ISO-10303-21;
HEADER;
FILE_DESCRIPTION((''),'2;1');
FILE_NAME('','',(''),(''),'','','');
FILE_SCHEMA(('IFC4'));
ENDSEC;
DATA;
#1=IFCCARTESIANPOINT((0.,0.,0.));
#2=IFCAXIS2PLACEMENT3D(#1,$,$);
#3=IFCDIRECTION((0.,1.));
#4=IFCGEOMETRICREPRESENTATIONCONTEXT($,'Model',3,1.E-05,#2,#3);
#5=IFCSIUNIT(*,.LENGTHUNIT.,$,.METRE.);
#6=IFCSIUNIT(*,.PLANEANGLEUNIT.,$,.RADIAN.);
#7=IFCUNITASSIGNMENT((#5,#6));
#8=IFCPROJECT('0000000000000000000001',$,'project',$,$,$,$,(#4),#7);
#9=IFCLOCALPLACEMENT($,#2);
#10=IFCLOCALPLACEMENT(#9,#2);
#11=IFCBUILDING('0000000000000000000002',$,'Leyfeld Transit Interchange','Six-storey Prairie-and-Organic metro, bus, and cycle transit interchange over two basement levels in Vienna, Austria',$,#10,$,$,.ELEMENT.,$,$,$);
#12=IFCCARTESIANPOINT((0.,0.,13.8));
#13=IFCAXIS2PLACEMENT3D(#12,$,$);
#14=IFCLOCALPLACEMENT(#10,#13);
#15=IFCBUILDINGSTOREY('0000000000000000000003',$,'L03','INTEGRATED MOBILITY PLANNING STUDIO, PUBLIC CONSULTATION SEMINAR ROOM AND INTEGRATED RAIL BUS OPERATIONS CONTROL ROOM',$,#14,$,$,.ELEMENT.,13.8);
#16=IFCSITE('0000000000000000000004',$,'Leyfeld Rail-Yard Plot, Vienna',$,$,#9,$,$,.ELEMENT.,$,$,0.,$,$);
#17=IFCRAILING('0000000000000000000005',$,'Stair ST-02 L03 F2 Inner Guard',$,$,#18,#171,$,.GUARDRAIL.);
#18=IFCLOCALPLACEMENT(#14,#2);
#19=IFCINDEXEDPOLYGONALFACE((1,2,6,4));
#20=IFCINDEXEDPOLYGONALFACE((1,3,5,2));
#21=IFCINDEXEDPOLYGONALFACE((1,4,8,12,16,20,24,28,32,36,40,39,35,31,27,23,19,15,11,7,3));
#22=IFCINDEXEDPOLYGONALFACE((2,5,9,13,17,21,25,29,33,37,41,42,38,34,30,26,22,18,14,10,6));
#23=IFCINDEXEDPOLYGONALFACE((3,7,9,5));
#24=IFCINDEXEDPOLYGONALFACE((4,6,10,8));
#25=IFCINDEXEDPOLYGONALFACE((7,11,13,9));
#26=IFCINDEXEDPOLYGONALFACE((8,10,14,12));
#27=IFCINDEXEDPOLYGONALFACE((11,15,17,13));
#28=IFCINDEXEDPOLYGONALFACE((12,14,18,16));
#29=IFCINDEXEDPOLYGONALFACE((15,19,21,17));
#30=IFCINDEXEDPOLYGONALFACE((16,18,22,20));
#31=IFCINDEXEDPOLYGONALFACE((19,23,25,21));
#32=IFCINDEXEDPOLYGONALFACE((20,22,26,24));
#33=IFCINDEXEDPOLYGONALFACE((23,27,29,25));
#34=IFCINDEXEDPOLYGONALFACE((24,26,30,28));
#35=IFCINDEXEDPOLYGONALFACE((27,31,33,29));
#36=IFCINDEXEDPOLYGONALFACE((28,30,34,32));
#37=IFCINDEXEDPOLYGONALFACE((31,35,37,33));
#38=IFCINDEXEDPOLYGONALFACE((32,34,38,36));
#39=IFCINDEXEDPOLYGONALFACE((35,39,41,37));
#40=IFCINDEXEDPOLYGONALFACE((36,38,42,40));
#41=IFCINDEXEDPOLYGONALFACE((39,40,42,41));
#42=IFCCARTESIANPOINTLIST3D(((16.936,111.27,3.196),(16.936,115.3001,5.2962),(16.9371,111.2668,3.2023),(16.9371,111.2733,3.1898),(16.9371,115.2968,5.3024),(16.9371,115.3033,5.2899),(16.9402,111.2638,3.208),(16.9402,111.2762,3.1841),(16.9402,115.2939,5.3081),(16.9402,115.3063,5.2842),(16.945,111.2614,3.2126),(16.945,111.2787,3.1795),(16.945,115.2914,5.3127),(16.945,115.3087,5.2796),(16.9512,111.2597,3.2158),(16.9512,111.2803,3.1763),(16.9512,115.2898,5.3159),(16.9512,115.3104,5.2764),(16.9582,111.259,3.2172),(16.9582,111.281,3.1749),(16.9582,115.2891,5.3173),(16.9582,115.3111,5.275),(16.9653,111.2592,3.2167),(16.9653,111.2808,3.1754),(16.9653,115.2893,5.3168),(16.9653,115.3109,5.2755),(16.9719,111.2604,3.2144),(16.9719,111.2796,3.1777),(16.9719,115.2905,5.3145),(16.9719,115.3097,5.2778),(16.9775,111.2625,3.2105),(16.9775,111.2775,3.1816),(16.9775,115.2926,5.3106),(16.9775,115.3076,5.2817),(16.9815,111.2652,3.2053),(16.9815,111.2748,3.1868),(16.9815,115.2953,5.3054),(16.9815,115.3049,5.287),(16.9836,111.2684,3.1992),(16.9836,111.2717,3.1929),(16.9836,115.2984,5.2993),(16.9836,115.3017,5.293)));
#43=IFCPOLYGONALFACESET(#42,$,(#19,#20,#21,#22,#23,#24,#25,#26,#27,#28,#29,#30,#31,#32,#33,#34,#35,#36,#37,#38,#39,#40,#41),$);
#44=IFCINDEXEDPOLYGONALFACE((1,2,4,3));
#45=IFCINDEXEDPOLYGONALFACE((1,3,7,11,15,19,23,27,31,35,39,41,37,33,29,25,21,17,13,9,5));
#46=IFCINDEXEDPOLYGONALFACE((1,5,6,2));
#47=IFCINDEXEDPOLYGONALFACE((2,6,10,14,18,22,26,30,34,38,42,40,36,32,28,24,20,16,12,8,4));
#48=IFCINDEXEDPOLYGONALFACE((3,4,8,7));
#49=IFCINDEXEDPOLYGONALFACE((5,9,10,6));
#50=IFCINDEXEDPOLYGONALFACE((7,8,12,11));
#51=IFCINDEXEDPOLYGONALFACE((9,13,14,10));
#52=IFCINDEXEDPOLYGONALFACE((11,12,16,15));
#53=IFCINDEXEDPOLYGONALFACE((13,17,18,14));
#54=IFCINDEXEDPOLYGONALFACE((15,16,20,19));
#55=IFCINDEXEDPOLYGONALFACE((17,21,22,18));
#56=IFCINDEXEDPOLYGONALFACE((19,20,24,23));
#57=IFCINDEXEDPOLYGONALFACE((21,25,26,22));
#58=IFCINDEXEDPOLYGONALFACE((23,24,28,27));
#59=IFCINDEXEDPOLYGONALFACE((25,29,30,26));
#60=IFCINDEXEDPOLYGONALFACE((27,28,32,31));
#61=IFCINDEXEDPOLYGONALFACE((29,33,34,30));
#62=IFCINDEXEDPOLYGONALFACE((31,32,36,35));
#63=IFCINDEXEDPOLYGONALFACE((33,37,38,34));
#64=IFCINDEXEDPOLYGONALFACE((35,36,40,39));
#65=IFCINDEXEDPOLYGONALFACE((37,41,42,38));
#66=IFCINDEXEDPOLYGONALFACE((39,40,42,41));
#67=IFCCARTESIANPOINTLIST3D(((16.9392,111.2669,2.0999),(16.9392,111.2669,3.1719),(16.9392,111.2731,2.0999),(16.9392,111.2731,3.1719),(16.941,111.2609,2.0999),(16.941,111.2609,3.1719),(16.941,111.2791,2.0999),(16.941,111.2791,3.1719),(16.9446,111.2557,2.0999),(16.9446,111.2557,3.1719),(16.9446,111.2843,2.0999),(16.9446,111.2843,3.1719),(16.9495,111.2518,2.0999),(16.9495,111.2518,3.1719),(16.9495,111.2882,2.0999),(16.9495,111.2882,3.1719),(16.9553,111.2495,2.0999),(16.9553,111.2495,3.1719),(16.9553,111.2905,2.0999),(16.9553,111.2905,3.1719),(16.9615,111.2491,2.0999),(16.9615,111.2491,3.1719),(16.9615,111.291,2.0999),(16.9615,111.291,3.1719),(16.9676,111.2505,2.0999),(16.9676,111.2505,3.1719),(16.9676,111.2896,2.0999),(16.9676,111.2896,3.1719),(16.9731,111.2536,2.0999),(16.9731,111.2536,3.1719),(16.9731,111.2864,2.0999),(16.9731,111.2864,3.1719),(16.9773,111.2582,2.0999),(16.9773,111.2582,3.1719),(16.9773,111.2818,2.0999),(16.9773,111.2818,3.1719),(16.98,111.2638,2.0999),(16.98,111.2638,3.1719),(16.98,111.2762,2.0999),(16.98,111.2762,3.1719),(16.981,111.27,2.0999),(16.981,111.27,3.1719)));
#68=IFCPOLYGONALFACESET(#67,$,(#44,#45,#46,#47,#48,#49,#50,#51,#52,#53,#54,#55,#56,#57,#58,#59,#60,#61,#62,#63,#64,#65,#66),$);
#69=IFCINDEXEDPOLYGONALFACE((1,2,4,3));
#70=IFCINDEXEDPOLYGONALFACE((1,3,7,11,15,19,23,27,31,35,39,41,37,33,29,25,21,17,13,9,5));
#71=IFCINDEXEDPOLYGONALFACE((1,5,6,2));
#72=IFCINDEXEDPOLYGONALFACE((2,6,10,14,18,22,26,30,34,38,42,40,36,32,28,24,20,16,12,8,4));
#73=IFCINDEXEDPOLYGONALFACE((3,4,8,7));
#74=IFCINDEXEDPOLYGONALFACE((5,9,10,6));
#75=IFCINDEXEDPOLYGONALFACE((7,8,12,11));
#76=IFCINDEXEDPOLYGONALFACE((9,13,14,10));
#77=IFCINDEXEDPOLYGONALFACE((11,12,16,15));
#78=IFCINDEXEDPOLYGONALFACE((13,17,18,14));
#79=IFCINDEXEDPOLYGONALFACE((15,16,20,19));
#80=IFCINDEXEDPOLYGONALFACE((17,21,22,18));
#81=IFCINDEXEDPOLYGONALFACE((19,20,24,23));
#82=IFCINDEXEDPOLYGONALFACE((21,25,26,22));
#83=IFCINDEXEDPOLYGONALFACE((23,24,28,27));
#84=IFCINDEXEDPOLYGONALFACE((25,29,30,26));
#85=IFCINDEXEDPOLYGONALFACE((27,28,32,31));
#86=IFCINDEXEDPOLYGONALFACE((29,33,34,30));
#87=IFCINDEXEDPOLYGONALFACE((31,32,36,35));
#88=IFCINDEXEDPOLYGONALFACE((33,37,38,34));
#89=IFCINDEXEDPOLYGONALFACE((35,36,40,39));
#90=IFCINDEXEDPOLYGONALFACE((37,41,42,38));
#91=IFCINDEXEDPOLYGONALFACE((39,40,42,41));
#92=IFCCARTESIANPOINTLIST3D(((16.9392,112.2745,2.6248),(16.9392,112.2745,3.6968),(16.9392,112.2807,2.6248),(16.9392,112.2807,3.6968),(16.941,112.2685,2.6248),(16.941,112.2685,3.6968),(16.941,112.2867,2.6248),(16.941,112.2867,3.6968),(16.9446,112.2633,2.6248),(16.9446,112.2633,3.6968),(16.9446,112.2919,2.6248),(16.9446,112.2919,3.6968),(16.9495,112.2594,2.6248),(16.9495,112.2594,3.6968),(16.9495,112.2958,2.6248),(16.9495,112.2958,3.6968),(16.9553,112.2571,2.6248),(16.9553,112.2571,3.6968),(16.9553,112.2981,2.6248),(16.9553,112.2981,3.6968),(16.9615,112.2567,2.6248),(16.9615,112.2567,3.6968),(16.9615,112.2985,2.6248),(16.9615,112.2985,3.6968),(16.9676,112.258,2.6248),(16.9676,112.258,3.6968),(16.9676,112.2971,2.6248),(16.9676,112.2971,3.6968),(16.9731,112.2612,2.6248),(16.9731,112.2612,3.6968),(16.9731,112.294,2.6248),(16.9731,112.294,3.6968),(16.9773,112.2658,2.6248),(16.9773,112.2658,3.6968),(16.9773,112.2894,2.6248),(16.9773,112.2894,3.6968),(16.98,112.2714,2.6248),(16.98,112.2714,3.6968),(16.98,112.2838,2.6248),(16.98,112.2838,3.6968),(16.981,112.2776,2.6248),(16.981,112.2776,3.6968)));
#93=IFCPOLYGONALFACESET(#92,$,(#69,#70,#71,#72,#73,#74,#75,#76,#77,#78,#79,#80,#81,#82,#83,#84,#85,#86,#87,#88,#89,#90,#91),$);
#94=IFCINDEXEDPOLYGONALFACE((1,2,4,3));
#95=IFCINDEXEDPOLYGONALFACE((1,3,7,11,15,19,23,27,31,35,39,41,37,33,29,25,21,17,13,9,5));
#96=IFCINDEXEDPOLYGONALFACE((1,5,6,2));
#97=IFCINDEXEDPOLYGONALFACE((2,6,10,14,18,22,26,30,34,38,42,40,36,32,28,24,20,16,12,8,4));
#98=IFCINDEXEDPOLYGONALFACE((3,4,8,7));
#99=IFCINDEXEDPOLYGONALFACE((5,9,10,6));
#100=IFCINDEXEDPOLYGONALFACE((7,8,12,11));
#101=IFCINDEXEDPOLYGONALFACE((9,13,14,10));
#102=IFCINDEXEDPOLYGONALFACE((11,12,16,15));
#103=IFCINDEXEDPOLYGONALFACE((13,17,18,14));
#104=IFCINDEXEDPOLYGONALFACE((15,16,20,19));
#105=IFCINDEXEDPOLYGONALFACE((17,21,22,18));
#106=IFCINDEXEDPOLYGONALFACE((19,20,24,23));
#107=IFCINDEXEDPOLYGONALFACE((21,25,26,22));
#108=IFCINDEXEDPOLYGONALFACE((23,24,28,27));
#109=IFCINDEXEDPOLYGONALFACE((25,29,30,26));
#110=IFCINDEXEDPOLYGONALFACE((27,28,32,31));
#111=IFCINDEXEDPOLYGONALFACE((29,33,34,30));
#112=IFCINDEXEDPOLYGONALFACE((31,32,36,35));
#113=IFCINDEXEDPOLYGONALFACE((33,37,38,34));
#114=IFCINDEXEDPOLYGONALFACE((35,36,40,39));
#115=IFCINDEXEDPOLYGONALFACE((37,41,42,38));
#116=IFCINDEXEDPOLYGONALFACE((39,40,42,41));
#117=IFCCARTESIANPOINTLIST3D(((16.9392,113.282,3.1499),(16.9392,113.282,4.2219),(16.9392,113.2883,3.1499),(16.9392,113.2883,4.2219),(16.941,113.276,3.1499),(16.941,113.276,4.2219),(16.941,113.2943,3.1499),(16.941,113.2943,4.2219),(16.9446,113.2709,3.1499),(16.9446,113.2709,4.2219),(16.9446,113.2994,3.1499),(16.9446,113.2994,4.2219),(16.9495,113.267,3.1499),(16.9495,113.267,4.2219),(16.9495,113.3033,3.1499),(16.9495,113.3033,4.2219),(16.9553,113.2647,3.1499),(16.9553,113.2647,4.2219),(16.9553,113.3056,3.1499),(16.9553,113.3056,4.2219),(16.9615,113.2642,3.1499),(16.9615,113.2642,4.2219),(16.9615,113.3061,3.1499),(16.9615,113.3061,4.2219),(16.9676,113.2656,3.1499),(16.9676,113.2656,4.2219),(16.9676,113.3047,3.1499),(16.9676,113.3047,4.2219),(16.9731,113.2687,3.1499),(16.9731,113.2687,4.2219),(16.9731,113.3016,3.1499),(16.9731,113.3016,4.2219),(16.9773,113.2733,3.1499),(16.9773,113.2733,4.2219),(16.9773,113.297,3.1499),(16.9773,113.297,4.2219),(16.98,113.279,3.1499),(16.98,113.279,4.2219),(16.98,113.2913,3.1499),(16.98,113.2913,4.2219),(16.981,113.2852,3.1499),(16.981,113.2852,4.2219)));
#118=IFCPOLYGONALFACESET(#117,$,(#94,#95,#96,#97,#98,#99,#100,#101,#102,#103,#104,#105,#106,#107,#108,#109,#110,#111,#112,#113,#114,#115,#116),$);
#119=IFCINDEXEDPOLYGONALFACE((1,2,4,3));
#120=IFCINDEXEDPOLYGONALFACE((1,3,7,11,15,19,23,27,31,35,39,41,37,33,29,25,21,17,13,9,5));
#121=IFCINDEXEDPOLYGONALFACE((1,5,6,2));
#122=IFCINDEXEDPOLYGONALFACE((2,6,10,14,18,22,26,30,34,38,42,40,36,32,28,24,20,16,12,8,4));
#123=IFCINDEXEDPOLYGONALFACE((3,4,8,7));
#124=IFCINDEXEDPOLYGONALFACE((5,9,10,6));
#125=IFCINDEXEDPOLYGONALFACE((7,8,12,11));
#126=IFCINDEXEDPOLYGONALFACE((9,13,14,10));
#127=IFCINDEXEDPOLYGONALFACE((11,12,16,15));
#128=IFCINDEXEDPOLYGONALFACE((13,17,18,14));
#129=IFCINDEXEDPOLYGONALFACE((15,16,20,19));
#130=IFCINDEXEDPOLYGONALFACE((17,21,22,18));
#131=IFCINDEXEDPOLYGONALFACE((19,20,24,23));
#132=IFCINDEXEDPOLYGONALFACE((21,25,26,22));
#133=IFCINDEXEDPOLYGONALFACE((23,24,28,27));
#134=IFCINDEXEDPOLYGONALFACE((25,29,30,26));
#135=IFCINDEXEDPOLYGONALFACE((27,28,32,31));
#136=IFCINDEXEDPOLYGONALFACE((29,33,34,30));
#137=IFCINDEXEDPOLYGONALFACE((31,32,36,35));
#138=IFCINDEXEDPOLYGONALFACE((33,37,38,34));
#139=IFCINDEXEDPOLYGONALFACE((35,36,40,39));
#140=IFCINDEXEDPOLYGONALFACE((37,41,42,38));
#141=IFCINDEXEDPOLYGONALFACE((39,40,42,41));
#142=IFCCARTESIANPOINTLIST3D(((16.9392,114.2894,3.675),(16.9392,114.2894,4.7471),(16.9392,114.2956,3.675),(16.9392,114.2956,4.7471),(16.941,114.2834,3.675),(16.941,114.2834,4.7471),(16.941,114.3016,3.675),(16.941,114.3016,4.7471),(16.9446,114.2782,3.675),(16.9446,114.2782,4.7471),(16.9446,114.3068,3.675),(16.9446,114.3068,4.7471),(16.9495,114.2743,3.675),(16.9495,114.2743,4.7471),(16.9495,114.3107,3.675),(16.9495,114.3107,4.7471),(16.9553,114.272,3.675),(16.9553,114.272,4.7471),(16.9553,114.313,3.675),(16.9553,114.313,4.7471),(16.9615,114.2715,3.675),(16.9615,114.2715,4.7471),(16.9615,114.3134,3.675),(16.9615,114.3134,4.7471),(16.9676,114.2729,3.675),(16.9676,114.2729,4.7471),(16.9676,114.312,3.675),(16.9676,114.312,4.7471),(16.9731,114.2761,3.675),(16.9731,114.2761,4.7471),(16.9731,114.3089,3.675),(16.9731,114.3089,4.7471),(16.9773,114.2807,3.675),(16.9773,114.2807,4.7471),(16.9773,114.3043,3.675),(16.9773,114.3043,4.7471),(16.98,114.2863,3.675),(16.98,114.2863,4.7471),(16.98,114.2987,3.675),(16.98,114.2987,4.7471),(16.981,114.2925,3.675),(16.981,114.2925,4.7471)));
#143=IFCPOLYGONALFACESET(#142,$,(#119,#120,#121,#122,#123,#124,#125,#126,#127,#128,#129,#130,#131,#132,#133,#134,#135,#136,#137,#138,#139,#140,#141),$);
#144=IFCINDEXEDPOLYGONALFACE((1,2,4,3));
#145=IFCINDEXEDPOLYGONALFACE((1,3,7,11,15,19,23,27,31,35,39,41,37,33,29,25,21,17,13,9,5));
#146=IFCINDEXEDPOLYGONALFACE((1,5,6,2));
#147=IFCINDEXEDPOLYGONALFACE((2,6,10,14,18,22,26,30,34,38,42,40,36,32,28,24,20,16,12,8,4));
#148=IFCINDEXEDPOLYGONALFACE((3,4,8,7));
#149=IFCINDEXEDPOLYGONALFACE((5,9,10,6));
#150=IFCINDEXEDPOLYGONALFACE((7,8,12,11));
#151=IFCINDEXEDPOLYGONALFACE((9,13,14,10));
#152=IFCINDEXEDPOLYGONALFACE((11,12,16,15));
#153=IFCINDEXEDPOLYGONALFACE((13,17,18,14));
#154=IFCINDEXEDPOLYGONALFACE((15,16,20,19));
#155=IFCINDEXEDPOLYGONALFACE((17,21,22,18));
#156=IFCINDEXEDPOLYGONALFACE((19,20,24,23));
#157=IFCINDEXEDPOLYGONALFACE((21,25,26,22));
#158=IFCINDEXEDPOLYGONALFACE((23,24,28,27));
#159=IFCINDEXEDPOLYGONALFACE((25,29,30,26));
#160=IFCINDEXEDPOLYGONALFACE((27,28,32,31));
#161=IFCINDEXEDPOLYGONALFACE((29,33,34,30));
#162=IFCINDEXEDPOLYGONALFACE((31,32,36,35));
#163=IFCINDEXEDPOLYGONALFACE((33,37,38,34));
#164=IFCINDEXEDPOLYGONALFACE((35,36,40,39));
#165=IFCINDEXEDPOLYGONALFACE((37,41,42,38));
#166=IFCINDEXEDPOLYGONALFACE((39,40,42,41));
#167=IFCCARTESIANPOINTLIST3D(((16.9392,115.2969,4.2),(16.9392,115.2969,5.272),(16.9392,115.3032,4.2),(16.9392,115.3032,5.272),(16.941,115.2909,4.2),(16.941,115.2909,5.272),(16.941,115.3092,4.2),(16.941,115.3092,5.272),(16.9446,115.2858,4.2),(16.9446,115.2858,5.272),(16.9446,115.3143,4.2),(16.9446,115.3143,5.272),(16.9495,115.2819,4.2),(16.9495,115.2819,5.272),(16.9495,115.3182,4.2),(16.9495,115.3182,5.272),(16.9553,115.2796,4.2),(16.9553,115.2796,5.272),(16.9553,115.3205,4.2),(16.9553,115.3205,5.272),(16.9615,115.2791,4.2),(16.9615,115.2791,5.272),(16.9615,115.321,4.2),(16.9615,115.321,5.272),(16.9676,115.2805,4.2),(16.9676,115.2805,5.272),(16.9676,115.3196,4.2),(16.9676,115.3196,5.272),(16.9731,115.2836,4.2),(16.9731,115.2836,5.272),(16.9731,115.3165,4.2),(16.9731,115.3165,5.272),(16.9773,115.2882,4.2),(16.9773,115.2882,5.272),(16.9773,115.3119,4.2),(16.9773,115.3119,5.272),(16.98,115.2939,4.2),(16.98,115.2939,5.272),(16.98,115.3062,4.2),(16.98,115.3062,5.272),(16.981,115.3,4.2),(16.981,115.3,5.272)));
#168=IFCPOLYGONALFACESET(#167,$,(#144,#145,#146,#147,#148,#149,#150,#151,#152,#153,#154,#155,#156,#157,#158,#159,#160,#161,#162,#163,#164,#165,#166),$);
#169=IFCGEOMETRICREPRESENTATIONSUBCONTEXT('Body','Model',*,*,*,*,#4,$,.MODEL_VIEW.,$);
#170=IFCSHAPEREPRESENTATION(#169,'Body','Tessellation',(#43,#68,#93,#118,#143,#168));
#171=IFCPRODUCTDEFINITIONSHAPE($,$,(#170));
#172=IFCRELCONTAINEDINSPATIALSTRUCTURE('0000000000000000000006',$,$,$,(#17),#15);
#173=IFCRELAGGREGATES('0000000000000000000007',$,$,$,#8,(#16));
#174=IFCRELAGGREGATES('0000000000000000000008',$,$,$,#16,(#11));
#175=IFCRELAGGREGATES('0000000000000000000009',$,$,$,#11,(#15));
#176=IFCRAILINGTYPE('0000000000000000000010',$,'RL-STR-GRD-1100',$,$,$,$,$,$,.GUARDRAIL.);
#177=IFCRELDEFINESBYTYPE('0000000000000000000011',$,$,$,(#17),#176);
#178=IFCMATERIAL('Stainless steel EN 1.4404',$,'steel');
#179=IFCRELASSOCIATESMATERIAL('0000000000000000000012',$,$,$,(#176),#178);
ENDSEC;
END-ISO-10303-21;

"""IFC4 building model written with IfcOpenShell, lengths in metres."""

from ifc_helpers import new_model, si_unit, direction, frame, origin, origin_2d, place, context, subcontext, project, spatial, circle, extrude, material, type_object, element, save


model = new_model("IFC4")

# Units and contexts
model_context = context("Model", 3, precision=1e-05, world=origin(), true_north=direction((0.0, 1.0)))
body_context = subcontext(model_context, "Body", "Model", "MODEL_VIEW")
ifc_project = project(units=[si_unit("LENGTHUNIT", "METRE"), si_unit("PLANEANGLEUNIT", "RADIAN")], contexts=[model_context])

# Site, building, storey
site_placement = place(None, origin())
site = spatial("IfcSite", under=ifc_project, at=site_placement, Name="Leyfeld Rail-Yard Plot, Vienna", CompositionType="ELEMENT", RefElevation=0.0)
building_placement = place(site_placement, origin())
building = spatial("IfcBuilding", under=site, at=building_placement, Name="Leyfeld Transit Interchange", Description="Six-storey Prairie-and-Organic metro, bus, and cycle transit interchange over two basement levels in Vienna, Austria", CompositionType="ELEMENT")
storey_placement = place(building_placement, frame((0.0, 0.0, 13.8)))
storey = spatial("IfcBuildingStorey", under=building, at=storey_placement, Name="L03", Description="INTEGRATED MOBILITY PLANNING STUDIO, PUBLIC CONSULTATION SEMINAR ROOM AND INTEGRATED RAIL BUS OPERATIONS CONTROL ROOM", CompositionType="ELEMENT", Elevation=13.8)

# Railing
ifc_material_1 = material(Name="Stainless steel EN 1.4404", Category="steel")
railing_type_1 = type_object("IfcRailingType", Name="RL-STR-GRD-1100", PredefinedType="GUARDRAIL", material=ifc_material_1)
for number, where, name in (
    (1, (16.96, 111.27, 2.0999), "Stair ST-02 L03 F2 Inner Guard"),
):
    element("IfcRailing", number, at=place(storey_placement, frame(where)), inside=storey, type_object=railing_type_1, Name=name, PredefinedType="GUARDRAIL", context=body_context, shape_type="SweptSolid", body=[
        extrude(circle(Radius=0.0239, at=origin_2d()), frame((0.0, 0.0, 1.0962), z_axis=(0.0, 0.886813, 0.462129), x_axis=(-1.0, 0.0, 0.0)), (0.0, 0.0, 1.0), 4.5444),
        extrude(circle(Radius=0.021, at=origin_2d()), origin(), (0.0, 0.0, 1.0), 1.072),
        extrude(circle(Radius=0.021, at=origin_2d()), frame((0.0, 1.0076, 0.5249)), (0.0, 0.0, 1.0), 1.072),
        extrude(circle(Radius=0.021, at=origin_2d()), frame((0.0, 2.0151, 1.05)), (0.0, 0.0, 1.0), 1.072),
        extrude(circle(Radius=0.021, at=origin_2d()), frame((0.0, 3.0225, 1.5752)), (0.0, 0.0, 1.0), 1.072),
        extrude(circle(Radius=0.021, at=origin_2d()), frame((0.0, 4.03, 2.1001)), (0.0, 0.0, 1.0), 1.072),
    ])

save(model, "model.ifc")
